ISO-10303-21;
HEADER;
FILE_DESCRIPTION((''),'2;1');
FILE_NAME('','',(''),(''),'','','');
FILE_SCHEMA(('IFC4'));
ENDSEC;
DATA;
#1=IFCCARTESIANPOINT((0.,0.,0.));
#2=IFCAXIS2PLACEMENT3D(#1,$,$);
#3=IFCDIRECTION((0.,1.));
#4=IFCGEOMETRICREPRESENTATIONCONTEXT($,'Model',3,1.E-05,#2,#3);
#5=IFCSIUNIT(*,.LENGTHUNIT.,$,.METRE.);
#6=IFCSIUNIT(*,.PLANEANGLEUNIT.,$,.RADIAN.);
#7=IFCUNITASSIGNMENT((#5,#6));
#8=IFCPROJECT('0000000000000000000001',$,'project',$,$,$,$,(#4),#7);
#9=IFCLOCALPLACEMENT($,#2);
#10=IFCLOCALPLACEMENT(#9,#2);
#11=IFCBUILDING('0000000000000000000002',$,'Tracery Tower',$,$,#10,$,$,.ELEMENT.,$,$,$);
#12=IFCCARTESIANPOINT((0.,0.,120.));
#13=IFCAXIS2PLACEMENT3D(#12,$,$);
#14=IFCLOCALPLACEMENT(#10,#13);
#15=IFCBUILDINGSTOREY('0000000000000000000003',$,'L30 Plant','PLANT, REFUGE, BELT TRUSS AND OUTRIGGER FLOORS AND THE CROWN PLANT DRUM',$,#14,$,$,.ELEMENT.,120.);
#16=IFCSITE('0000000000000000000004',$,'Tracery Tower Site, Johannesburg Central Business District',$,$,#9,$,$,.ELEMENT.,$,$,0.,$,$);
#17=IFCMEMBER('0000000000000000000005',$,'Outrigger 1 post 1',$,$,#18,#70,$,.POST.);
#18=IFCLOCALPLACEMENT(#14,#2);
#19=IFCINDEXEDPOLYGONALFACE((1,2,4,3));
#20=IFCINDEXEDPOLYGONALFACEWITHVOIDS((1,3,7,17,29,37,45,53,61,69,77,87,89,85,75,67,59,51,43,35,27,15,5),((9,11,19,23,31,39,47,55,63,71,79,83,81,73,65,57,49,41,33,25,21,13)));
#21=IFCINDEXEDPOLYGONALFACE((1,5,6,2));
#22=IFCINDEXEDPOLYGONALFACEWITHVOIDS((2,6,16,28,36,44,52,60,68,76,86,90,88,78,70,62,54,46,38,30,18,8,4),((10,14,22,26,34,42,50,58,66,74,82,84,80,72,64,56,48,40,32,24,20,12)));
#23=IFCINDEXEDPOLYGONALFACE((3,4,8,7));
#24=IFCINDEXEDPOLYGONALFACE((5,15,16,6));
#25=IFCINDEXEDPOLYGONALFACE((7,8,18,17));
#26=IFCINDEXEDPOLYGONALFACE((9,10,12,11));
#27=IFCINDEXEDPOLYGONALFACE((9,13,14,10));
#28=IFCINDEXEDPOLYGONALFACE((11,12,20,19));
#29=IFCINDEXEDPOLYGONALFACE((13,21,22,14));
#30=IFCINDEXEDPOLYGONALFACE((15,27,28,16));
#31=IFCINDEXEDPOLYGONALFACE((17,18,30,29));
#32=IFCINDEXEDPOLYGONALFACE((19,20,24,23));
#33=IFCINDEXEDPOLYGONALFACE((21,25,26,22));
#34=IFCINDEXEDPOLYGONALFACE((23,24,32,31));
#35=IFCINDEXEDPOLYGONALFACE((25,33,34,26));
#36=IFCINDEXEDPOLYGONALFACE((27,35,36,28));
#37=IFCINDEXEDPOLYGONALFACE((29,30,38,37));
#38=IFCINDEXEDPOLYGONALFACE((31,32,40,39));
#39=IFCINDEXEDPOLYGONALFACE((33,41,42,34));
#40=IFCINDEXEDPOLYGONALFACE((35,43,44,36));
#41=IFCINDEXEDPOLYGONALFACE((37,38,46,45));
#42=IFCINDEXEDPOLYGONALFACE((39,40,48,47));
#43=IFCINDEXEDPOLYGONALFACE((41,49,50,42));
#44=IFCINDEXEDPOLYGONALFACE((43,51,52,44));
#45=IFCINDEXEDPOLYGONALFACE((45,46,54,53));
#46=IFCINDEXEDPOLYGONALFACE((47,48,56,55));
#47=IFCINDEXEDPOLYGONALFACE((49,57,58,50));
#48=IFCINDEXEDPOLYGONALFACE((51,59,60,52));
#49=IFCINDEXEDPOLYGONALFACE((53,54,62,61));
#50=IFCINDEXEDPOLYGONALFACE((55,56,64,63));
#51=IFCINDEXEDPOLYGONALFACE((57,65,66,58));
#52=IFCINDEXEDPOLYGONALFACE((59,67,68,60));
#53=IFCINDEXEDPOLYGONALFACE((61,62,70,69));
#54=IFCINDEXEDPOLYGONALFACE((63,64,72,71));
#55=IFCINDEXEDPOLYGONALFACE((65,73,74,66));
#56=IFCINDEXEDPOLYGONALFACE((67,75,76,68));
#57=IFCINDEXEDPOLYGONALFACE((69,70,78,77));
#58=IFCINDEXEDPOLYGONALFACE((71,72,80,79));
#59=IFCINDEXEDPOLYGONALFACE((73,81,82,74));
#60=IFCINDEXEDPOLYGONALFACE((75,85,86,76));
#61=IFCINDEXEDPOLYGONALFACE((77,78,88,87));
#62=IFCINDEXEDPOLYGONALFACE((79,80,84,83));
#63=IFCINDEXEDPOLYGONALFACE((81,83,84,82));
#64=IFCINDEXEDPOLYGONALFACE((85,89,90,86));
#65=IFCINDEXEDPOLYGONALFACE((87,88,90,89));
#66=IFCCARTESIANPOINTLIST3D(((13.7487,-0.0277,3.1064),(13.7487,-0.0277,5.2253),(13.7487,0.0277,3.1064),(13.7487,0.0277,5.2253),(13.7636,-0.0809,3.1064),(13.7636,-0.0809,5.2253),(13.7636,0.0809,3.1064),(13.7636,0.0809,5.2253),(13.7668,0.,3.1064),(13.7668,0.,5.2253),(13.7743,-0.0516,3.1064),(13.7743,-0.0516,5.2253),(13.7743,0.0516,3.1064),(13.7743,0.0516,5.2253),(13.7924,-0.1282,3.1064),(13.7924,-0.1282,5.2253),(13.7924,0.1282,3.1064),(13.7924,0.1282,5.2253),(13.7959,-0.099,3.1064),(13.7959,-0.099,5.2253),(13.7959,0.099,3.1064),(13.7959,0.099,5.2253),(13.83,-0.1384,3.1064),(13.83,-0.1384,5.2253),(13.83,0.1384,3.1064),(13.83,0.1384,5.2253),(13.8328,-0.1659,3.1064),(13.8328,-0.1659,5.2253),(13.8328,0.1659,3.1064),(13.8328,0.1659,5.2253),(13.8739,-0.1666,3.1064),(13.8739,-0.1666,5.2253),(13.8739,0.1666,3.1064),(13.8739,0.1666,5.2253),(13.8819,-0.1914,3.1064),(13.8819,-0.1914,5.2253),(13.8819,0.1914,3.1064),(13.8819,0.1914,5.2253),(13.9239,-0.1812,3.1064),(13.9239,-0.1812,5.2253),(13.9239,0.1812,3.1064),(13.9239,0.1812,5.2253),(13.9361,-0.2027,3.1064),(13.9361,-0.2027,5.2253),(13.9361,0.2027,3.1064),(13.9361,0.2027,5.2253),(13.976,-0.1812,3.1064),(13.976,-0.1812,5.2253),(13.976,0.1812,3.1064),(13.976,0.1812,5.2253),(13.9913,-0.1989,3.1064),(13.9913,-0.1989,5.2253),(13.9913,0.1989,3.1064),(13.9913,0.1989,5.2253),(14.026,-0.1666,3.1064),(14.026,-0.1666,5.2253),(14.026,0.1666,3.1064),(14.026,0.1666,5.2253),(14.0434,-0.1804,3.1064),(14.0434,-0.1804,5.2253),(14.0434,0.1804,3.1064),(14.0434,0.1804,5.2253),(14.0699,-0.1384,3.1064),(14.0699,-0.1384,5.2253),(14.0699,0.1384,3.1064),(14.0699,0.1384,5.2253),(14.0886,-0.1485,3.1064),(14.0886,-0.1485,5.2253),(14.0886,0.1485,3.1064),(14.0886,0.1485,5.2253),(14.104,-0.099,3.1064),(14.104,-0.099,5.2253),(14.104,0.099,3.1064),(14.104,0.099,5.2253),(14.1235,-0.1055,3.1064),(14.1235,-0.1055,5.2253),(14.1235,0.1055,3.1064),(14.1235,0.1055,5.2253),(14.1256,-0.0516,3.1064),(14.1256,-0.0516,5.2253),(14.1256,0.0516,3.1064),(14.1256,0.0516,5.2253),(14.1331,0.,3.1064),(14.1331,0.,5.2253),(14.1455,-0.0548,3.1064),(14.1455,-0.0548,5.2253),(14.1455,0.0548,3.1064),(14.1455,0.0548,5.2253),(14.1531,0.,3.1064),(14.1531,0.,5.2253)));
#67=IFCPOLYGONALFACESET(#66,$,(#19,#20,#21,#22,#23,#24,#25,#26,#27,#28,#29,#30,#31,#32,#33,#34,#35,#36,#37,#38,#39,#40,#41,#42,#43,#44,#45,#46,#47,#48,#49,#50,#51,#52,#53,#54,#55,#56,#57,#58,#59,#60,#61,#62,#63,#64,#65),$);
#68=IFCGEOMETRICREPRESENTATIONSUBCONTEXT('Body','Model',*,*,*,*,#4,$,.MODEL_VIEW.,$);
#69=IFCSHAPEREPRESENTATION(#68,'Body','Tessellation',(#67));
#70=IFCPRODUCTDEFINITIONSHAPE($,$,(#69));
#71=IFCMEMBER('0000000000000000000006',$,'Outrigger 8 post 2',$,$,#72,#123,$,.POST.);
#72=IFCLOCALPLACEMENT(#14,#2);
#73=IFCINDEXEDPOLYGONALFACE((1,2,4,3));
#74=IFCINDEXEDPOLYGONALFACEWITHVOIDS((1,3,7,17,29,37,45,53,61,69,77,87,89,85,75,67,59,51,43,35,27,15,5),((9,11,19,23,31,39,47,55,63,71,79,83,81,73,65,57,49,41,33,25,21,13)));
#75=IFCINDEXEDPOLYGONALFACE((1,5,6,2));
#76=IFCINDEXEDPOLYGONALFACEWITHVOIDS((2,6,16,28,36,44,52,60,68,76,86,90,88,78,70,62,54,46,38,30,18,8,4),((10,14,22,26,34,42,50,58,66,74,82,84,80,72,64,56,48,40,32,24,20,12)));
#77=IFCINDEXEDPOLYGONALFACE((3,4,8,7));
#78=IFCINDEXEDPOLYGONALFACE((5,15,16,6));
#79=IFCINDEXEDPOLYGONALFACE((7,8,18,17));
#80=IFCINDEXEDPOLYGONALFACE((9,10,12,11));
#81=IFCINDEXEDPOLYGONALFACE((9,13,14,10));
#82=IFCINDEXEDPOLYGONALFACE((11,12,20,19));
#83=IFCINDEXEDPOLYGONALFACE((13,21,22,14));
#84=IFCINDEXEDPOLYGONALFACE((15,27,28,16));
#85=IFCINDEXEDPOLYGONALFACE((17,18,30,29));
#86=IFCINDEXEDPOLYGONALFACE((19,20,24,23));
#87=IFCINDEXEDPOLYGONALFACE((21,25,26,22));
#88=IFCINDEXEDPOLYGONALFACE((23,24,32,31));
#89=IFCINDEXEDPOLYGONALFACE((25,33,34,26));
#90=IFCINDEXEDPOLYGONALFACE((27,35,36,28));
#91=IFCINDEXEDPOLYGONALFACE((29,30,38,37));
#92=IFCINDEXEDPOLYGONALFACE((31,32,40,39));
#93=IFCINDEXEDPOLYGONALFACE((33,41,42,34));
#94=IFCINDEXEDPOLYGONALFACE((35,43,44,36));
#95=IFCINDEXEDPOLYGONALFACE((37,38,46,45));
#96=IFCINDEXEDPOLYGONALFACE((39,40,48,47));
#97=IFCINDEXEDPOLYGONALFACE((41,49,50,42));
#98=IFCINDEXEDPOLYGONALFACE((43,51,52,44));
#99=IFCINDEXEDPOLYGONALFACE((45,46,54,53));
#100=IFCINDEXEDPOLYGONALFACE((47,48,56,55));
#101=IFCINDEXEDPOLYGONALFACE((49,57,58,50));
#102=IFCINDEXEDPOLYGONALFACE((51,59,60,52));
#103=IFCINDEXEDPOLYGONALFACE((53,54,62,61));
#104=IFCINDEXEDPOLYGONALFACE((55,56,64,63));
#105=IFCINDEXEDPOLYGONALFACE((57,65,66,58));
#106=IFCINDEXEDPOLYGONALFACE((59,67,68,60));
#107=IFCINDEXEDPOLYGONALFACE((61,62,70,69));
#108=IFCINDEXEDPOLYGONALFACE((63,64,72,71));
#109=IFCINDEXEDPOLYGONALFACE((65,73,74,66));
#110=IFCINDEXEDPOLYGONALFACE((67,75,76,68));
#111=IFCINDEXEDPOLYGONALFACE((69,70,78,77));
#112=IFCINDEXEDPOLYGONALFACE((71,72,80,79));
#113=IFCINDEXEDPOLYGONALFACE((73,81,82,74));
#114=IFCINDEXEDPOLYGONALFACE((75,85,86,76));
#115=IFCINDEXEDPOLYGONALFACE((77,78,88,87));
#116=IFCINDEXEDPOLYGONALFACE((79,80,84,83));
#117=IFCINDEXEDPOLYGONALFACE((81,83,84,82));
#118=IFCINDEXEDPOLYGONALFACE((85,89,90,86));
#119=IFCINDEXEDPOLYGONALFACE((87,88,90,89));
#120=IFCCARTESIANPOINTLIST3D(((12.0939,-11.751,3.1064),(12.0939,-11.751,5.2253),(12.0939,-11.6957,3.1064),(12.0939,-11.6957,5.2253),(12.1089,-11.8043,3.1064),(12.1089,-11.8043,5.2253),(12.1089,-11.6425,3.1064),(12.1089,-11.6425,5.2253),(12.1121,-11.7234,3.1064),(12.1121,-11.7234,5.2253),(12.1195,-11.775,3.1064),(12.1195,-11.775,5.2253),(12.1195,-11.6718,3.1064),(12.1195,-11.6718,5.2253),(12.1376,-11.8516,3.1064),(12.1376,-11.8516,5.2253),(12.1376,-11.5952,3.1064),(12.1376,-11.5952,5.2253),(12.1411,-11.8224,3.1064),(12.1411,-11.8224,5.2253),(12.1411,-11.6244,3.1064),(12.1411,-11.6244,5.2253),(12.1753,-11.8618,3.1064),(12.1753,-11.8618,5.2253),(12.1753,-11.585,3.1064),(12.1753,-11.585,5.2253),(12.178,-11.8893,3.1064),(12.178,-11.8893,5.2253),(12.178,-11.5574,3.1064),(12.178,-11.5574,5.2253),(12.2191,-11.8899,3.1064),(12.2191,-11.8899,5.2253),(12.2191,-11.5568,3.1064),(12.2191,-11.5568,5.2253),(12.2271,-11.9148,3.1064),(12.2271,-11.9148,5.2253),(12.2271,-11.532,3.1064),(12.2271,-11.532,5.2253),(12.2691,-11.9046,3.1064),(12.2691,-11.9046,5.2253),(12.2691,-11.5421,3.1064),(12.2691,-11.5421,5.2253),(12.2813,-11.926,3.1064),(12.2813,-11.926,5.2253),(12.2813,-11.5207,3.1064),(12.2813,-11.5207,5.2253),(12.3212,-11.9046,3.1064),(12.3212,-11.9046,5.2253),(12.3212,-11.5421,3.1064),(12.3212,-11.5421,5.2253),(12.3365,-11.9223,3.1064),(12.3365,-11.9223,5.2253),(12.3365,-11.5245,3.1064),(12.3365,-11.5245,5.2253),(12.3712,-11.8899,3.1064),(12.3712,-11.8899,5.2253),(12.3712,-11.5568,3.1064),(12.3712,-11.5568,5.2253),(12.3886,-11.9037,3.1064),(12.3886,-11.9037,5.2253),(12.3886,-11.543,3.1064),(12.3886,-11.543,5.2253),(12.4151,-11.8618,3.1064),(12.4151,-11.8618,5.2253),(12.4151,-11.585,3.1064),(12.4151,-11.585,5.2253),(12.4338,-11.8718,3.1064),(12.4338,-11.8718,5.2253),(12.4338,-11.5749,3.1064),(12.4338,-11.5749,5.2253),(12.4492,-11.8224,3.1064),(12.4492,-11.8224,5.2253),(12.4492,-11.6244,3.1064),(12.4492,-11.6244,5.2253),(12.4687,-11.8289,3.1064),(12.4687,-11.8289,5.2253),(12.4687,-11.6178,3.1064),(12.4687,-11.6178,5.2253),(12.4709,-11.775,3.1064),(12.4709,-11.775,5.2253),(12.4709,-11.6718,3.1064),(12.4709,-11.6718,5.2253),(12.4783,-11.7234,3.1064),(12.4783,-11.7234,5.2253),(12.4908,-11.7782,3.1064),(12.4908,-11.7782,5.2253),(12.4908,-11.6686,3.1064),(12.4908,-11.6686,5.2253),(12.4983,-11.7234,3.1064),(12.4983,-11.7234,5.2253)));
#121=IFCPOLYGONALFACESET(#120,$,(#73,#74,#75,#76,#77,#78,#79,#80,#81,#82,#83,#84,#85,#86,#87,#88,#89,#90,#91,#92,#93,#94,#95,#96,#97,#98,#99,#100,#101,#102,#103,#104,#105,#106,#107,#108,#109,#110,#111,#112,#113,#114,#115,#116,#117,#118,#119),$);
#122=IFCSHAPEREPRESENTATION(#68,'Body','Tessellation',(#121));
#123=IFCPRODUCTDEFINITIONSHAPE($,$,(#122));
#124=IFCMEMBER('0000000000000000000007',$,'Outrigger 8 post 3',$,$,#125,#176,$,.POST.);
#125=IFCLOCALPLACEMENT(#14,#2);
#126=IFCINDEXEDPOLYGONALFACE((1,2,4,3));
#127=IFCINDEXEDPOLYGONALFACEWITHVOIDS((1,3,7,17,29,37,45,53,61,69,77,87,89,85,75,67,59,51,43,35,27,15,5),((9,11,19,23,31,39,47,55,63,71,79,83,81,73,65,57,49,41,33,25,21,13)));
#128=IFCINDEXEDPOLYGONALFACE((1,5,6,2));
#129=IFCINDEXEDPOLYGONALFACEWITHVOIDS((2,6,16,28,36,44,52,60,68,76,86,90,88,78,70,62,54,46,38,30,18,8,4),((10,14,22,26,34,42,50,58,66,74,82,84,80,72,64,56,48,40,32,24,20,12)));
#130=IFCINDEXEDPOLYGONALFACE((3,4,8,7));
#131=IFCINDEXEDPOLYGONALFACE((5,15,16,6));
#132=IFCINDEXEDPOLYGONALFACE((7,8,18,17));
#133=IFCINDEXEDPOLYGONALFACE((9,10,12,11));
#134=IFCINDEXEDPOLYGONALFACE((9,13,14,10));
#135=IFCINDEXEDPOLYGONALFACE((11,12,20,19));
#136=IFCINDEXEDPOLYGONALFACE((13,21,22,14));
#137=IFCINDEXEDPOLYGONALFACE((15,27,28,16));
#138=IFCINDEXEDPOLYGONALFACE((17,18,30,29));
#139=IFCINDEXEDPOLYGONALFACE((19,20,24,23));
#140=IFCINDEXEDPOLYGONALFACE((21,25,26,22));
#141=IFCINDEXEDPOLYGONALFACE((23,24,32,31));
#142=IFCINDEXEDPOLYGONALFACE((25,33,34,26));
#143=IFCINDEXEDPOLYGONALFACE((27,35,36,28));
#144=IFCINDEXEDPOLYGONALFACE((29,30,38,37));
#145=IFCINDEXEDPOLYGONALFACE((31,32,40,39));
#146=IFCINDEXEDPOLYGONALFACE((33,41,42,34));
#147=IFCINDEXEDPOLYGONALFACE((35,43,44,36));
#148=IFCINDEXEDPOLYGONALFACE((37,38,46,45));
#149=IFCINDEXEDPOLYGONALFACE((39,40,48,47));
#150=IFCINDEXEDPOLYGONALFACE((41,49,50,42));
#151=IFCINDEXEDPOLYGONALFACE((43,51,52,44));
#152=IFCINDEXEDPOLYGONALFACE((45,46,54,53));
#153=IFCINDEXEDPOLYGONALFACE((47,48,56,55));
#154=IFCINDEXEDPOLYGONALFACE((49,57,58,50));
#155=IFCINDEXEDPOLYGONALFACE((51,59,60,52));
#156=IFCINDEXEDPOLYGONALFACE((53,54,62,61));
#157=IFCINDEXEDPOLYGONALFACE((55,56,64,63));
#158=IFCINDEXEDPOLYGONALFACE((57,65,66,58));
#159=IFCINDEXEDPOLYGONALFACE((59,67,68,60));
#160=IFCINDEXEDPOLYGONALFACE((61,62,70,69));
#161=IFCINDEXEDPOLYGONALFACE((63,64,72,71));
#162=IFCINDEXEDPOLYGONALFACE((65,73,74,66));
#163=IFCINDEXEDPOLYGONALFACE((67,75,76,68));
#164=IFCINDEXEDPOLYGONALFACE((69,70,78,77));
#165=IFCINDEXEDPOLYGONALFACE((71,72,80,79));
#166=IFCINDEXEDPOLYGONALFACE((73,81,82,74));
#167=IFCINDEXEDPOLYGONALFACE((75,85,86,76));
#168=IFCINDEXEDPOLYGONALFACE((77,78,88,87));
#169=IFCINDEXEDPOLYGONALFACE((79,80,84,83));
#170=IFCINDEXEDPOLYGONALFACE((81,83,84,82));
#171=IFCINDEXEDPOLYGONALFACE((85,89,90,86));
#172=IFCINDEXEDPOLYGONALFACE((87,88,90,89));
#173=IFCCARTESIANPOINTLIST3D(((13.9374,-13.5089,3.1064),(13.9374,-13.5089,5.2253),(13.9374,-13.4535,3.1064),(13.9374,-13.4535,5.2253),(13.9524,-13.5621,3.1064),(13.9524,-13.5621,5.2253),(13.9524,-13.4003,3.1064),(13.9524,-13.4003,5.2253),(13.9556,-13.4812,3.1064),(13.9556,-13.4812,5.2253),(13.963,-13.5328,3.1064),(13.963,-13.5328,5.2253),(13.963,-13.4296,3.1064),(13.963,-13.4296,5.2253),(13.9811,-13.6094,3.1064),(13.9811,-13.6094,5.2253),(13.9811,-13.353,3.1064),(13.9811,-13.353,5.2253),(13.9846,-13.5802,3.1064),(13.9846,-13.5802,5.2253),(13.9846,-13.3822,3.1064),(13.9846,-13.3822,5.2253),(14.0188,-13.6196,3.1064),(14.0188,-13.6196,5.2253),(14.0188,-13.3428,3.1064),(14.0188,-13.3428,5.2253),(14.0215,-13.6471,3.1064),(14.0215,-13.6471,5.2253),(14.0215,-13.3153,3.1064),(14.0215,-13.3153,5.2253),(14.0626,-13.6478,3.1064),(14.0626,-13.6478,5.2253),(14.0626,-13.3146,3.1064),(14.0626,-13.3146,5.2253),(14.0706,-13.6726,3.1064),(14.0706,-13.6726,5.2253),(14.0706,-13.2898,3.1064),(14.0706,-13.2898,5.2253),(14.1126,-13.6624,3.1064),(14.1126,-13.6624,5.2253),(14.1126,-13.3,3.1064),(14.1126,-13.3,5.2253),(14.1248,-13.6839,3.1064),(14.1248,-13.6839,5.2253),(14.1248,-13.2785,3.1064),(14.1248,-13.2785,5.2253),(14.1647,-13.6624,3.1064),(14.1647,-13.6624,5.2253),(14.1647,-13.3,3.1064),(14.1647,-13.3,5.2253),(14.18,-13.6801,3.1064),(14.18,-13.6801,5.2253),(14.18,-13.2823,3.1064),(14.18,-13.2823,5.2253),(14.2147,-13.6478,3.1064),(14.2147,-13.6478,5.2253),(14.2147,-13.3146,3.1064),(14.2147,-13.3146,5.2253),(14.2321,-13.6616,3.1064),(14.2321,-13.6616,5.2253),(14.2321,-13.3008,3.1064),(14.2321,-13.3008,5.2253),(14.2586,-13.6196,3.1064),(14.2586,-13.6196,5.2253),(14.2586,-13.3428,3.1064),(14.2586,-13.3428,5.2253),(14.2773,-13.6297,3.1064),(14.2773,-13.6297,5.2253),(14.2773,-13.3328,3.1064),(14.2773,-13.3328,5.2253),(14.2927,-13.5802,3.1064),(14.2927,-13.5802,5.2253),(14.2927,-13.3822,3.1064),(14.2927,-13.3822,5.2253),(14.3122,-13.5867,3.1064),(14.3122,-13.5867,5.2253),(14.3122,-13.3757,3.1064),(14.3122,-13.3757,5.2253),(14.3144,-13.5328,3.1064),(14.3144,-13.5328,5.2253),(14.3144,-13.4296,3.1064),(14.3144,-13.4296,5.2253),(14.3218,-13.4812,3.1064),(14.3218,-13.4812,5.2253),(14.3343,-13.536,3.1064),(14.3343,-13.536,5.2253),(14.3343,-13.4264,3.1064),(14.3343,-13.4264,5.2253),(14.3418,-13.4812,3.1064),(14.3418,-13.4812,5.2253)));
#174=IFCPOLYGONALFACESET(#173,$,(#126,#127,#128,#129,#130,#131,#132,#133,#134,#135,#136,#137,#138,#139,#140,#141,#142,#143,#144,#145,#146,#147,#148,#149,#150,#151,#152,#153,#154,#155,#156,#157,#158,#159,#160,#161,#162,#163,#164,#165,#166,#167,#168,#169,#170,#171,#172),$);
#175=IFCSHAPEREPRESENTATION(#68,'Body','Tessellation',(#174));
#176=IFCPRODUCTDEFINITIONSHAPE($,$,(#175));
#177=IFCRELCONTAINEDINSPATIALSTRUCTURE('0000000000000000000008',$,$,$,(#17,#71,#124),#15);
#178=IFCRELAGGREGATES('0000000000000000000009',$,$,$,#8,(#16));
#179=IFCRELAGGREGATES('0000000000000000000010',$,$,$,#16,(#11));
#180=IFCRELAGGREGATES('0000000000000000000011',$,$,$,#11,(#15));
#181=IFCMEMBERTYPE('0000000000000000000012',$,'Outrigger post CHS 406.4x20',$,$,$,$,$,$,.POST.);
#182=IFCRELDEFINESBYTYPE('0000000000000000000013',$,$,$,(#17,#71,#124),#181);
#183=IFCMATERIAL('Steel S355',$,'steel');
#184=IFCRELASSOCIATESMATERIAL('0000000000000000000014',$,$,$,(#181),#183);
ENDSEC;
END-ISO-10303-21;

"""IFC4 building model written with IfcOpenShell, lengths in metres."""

from ifc_helpers import new_model, si_unit, direction, frame, origin, origin_2d, place, context, subcontext, project, spatial, hollow_circle, extrude, material, material_profile, profile_set, type_object, element, save


model = new_model("IFC4")

# Units and contexts
model_context = context("Model", 3, precision=1e-05, world=origin(), true_north=direction((0.0, 1.0)))
body_context = subcontext(model_context, "Body", "Model", "MODEL_VIEW")
ifc_project = project(units=[si_unit("LENGTHUNIT", "METRE"), si_unit("PLANEANGLEUNIT", "RADIAN")], contexts=[model_context])

# Site, building, storey
site_placement = place(None, origin())
site = spatial("IfcSite", under=ifc_project, at=site_placement, Name="Tracery Tower Site, Johannesburg Central Business District", CompositionType="ELEMENT", RefElevation=0.0)
building_placement = place(site_placement, origin())
building = spatial("IfcBuilding", under=site, at=building_placement, Name="Tracery Tower", CompositionType="ELEMENT")
storey_placement = place(building_placement, frame((0.0, 0.0, 120.0)))
storey = spatial("IfcBuildingStorey", under=building, at=storey_placement, Name="L30 Plant", Description="PLANT, REFUGE, BELT TRUSS AND OUTRIGGER FLOORS AND THE CROWN PLANT DRUM", CompositionType="ELEMENT", Elevation=120.0)

# Members
ifc_material_1 = material(Name="Steel S355", Category="steel")
ifc_material_profile_1 = material_profile(ifc_material_1, hollow_circle(Radius=0.2031, WallThickness=0.02, at=origin_2d()), Name="CHS 406.4x20")
ifc_profile_set_1 = profile_set([ifc_material_profile_1], Name="Steel S355")
member_type_1 = type_object("IfcMemberType", Name="Outrigger post CHS 406.4x20", PredefinedType="POST", material=ifc_profile_set_1)
for number, where, z_axis, x_axis, name in (
    (1, (13.95, 0.0, 3.1064), (0.0, 0.0, 1.0), (1.0, 0.0, 0.0), "Outrigger 1 post 1"),
    (2, (12.2952, -11.7234, 3.1064), (0.0, 0.0, 1.0), (1.0, 0.0, 0.0), "Outrigger 8 post 2"),
    (3, (14.1387, -13.4812, 3.1064), (0.0, 0.0, 1.0), (1.0, 0.0, 0.0), "Outrigger 8 post 3"),
):
    element("IfcMember", number, at=place(storey_placement, frame(where, z_axis=z_axis, x_axis=x_axis)), inside=storey, type_object=member_type_1, Name=name, PredefinedType="POST", context=body_context, shape_type="SweptSolid", body=[
        extrude(hollow_circle(Radius=0.2031, WallThickness=0.02, at=origin_2d()), origin(), (0.0, 0.0, 1.0), 2.1189),
    ])

save(model, "model.ifc")
